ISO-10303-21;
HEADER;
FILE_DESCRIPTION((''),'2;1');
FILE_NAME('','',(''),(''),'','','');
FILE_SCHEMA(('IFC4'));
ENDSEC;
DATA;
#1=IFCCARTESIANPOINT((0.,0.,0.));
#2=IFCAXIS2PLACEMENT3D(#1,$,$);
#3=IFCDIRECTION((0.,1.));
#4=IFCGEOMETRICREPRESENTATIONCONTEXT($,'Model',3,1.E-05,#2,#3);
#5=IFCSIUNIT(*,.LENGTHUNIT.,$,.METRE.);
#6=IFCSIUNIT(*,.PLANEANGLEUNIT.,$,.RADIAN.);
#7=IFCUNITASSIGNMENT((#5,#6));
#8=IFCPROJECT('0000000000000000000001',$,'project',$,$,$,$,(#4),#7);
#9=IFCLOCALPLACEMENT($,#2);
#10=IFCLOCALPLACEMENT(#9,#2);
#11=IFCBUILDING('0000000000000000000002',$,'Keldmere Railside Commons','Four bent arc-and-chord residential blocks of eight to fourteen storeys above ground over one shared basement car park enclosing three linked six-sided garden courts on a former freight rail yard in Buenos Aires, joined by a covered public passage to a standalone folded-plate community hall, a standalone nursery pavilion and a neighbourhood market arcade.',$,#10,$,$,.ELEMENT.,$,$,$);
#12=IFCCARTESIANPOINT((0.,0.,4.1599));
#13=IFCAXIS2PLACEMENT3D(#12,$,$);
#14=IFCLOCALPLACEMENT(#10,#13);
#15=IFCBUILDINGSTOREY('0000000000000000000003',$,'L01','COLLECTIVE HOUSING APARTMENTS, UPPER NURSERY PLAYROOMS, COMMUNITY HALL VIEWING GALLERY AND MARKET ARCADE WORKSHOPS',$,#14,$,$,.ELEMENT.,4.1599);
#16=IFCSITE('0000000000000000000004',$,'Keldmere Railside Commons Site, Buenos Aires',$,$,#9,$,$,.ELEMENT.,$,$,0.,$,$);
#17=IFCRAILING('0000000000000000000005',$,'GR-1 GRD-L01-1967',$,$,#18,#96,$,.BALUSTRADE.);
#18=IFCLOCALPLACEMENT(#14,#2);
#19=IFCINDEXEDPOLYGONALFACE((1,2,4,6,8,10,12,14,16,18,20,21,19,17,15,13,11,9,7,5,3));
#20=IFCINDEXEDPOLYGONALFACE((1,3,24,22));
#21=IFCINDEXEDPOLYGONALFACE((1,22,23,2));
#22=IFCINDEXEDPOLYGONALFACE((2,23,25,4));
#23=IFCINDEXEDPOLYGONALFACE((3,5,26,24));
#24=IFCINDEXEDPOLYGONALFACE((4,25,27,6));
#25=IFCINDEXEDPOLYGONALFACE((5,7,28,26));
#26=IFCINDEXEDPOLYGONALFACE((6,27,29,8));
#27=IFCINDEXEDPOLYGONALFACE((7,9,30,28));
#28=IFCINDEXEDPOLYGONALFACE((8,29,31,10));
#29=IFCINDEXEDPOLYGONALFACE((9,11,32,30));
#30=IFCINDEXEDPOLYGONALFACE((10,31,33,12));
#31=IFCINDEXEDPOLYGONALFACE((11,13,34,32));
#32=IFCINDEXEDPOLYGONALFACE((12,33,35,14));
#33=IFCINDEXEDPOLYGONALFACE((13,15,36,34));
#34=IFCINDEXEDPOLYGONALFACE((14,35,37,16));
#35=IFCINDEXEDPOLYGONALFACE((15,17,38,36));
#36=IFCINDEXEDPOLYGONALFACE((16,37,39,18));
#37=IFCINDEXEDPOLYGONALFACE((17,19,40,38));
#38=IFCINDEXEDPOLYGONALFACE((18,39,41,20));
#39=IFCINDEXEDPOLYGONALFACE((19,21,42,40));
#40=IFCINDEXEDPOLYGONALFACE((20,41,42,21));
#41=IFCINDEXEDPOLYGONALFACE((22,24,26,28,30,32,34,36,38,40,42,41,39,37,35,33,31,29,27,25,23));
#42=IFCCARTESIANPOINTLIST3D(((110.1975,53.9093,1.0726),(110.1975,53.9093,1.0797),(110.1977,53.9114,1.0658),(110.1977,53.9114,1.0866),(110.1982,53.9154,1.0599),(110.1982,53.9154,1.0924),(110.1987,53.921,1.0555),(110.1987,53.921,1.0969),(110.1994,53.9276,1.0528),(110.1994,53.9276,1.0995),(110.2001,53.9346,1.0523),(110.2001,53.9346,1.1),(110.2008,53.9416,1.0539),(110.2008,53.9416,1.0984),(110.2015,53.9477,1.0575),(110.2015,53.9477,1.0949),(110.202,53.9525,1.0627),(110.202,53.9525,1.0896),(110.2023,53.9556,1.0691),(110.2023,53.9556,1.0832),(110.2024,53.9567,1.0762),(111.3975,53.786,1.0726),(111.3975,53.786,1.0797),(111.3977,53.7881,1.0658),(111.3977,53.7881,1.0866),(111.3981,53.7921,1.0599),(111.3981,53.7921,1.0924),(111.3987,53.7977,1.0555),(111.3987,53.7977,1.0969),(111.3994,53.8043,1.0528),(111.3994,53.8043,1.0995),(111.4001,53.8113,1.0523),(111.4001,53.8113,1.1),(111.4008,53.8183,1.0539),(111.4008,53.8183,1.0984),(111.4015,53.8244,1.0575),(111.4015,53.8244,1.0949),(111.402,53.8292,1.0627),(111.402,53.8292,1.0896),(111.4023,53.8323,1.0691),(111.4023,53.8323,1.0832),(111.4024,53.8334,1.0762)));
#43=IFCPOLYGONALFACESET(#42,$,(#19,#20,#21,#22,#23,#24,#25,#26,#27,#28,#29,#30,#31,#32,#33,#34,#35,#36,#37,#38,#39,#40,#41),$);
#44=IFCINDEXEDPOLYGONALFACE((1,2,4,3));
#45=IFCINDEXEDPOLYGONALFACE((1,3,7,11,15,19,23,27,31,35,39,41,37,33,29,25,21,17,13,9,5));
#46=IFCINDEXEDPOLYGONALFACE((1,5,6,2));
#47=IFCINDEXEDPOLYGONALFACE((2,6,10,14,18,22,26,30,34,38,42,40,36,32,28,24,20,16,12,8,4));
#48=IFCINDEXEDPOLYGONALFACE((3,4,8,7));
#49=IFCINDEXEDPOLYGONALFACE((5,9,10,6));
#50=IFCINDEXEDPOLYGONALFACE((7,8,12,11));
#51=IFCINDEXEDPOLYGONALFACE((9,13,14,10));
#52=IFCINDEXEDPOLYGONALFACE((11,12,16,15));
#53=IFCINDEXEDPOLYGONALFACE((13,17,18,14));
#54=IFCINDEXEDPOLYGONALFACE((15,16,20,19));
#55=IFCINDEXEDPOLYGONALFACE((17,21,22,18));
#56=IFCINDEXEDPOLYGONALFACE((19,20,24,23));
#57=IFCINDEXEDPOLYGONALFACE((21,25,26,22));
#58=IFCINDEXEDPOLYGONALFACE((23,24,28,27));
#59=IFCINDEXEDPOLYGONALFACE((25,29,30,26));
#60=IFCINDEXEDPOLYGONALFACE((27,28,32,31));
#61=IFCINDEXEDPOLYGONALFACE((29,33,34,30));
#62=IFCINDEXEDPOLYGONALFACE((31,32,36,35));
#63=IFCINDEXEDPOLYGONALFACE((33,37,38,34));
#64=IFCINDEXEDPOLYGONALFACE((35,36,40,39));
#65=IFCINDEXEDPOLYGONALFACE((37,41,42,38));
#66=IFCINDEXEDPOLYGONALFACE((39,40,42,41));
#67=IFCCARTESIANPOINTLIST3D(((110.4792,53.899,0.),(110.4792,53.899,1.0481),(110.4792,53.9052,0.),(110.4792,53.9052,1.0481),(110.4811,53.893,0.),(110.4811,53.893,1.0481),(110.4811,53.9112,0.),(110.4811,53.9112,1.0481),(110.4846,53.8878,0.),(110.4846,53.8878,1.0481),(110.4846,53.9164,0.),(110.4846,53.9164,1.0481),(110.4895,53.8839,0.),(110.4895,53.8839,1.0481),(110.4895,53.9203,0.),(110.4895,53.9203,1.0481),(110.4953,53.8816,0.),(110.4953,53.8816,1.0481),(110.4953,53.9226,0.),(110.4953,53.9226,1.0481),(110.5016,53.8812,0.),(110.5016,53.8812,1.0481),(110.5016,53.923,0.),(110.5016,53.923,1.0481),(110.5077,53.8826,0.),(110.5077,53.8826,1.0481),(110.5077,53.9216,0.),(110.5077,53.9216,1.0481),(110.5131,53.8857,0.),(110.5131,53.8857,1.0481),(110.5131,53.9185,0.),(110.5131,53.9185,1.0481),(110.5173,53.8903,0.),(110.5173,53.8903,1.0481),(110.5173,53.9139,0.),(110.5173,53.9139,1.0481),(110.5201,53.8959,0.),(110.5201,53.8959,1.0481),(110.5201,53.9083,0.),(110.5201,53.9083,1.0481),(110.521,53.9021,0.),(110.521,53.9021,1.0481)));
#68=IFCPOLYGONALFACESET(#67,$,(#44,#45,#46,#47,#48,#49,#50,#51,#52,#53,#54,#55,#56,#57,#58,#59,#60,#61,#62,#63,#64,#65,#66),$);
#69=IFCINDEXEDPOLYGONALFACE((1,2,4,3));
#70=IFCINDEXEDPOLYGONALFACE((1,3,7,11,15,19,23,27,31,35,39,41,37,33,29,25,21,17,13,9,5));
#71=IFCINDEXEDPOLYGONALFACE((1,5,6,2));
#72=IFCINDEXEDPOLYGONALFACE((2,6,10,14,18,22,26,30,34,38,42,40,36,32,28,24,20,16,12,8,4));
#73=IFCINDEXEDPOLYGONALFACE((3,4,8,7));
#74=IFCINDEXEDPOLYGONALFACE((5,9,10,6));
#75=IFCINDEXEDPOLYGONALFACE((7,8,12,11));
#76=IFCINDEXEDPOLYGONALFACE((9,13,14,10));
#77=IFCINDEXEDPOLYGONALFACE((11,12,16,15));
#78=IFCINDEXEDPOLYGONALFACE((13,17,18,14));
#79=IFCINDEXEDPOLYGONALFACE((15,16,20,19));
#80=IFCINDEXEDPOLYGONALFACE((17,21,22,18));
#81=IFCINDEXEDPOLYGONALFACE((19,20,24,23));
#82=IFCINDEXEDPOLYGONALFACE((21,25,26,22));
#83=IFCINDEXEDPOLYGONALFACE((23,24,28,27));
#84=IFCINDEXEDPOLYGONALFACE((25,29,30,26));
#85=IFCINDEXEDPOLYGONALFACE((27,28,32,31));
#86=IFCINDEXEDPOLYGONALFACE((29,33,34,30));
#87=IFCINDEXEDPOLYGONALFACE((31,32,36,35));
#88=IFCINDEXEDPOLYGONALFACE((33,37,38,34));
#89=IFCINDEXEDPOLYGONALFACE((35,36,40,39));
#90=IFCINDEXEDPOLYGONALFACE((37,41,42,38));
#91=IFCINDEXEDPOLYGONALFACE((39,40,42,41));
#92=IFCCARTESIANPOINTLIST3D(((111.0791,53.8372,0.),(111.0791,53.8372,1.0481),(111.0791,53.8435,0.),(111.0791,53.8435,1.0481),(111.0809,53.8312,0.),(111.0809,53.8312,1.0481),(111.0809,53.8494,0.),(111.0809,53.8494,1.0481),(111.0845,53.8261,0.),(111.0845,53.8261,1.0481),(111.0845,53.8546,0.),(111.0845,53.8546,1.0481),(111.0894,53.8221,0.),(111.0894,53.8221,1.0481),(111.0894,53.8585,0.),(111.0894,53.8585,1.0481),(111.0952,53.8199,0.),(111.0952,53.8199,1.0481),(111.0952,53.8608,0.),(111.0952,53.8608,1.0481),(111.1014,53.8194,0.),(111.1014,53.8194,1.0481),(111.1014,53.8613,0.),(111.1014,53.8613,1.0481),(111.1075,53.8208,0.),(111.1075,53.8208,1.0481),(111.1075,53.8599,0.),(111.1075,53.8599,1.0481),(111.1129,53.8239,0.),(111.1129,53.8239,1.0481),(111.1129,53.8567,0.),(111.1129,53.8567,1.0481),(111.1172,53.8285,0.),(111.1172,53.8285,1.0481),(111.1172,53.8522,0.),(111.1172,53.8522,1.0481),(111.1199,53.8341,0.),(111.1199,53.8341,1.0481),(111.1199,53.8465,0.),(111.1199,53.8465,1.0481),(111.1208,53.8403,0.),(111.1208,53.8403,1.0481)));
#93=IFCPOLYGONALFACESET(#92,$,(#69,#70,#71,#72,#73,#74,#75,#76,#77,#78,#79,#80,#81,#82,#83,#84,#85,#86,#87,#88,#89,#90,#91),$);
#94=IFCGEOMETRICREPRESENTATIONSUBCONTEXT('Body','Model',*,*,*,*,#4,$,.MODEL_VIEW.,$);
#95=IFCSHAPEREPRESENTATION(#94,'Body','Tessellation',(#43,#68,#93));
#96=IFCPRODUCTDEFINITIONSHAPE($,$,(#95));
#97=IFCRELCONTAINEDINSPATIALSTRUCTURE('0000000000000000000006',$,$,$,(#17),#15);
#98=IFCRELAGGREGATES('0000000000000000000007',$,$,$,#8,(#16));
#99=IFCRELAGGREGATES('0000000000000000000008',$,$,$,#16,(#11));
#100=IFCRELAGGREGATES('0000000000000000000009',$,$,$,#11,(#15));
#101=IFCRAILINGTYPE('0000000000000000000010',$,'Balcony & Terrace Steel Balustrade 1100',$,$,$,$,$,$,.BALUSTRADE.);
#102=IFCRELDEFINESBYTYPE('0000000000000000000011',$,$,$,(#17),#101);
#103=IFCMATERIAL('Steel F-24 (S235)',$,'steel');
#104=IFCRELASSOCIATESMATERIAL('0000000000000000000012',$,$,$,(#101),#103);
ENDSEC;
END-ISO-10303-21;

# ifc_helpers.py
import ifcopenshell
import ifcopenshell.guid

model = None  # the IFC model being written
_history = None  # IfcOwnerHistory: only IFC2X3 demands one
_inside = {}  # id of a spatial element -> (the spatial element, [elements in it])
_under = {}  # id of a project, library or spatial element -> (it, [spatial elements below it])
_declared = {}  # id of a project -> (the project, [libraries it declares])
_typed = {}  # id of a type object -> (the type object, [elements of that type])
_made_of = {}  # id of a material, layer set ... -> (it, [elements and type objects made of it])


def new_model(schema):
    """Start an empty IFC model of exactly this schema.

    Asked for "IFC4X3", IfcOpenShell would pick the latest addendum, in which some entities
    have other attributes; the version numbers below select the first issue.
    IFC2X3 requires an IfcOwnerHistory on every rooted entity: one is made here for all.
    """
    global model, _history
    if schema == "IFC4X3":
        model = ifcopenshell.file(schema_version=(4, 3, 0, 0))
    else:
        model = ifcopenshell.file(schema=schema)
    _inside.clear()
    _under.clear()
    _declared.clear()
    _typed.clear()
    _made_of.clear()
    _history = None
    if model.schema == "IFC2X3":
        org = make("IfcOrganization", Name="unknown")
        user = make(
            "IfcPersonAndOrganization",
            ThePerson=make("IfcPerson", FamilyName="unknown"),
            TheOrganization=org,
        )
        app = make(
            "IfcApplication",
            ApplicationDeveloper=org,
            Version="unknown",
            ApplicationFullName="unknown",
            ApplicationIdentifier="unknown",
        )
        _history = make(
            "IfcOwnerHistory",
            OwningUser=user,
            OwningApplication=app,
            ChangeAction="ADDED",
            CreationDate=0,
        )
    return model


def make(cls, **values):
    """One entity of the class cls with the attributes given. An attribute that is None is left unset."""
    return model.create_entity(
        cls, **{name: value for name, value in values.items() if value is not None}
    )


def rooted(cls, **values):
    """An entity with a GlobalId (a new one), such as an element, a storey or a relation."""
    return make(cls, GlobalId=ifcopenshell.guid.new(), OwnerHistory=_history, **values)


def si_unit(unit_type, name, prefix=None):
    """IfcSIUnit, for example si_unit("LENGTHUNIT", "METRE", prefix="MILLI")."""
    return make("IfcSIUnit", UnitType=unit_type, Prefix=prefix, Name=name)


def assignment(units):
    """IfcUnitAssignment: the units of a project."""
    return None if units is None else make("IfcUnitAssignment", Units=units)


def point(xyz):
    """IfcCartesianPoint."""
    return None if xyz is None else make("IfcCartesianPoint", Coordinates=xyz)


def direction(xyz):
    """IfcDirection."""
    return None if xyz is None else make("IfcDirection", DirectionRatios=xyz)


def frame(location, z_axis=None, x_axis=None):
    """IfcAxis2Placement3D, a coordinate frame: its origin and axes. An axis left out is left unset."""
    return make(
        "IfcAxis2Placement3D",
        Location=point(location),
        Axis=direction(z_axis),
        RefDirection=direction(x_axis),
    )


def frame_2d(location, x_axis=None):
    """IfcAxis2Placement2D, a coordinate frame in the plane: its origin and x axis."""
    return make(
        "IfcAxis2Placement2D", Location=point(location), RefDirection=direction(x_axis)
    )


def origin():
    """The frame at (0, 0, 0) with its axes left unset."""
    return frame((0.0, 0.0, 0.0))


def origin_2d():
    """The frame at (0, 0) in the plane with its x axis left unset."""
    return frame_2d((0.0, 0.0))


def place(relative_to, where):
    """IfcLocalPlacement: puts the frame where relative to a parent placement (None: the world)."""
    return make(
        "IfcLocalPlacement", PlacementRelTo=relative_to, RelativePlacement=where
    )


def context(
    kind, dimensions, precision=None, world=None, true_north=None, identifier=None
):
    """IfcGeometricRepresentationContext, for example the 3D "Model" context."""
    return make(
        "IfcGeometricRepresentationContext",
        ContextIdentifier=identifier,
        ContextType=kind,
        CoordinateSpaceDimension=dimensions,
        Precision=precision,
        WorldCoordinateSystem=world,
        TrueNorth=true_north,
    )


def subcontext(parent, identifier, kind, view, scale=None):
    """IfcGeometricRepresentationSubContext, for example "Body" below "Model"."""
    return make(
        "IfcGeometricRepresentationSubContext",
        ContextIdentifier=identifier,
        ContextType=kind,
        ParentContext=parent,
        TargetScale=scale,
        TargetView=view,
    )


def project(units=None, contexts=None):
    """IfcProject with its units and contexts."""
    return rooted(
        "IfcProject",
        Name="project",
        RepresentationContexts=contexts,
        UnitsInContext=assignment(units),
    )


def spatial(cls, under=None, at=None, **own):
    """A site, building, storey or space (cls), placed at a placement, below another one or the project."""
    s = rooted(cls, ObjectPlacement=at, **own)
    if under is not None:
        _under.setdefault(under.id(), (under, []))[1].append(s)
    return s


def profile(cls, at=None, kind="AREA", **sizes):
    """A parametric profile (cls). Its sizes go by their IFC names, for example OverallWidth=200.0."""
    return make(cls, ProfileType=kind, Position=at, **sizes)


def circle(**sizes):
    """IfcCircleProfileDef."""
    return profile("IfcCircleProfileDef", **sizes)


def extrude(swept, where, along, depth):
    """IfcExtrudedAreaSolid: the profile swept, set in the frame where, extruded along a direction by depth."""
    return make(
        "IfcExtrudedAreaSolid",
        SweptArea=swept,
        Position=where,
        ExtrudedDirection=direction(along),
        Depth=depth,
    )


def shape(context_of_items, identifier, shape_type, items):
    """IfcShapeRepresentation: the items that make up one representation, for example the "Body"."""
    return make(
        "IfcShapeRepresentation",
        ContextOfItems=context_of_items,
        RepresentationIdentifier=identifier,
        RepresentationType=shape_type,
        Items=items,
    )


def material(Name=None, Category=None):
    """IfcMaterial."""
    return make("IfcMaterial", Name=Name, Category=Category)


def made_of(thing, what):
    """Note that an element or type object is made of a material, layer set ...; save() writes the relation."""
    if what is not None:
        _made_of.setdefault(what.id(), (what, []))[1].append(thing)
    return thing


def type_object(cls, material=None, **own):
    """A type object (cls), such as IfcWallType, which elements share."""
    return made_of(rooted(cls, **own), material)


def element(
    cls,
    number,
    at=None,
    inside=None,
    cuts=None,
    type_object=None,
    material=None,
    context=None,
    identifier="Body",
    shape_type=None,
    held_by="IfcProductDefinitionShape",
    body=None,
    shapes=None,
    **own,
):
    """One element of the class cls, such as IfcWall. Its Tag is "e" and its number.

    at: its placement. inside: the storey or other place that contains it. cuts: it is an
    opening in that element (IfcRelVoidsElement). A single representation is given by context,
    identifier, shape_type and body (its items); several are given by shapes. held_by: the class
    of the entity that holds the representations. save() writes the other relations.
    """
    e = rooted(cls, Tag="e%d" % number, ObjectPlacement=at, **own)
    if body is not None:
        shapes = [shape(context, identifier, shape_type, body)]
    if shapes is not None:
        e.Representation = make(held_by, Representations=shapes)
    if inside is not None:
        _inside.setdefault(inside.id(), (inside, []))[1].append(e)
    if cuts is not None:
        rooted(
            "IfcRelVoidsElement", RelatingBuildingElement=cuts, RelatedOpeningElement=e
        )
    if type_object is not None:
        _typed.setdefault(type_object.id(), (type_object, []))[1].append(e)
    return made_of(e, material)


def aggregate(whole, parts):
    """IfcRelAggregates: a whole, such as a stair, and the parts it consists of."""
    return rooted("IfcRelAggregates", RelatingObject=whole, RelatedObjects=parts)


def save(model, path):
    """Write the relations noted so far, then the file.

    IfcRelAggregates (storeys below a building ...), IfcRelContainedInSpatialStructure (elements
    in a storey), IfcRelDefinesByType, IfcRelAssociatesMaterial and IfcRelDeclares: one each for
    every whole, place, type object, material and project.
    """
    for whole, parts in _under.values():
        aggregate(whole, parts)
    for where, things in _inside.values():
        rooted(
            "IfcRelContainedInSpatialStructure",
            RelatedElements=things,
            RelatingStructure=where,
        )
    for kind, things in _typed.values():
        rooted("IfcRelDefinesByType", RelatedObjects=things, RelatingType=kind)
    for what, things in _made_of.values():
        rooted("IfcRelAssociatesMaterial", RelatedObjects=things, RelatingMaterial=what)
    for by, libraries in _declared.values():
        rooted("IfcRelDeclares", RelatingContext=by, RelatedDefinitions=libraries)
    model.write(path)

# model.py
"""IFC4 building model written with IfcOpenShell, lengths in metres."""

from ifc_helpers import new_model, si_unit, direction, frame, origin, origin_2d, place, context, subcontext, project, spatial, circle, extrude, material, type_object, element, save


model = new_model("IFC4")

# Units and contexts
model_context = context("Model", 3, precision=1e-05, world=origin(), true_north=direction((0.0, 1.0)))
body_context = subcontext(model_context, "Body", "Model", "MODEL_VIEW")
ifc_project = project(units=[si_unit("LENGTHUNIT", "METRE"), si_unit("PLANEANGLEUNIT", "RADIAN")], contexts=[model_context])

# Site, building, storey
site_placement = place(None, origin())
site = spatial("IfcSite", under=ifc_project, at=site_placement, Name="Keldmere Railside Commons Site, Buenos Aires", CompositionType="ELEMENT", RefElevation=0.0)
building_placement = place(site_placement, origin())
building = spatial("IfcBuilding", under=site, at=building_placement, Name="Keldmere Railside Commons", Description="Four bent arc-and-chord residential blocks of eight to fourteen storeys above ground over one shared basement car park enclosing three linked six-sided garden courts on a former freight rail yard in Buenos Aires, joined by a covered public passage to a standalone folded-plate community hall, a standalone nursery pavilion and a neighbourhood market arcade.", CompositionType="ELEMENT")
storey_placement = place(building_placement, frame((0.0, 0.0, 4.1599)))
storey = spatial("IfcBuildingStorey", under=building, at=storey_placement, Name="L01", Description="COLLECTIVE HOUSING APARTMENTS, UPPER NURSERY PLAYROOMS, COMMUNITY HALL VIEWING GALLERY AND MARKET ARCADE WORKSHOPS", CompositionType="ELEMENT", Elevation=4.1599)

# Railing
ifc_material_1 = material(Name="Steel F-24 (S235)", Category="steel")
railing_type = type_object("IfcRailingType", Name="Balcony & Terrace Steel Balustrade 1100", PredefinedType="BALUSTRADE", material=ifc_material_1)
railing_1_placement = place(storey_placement, frame((110.2, 53.9329, 0.0)))
element("IfcRailing", 1, at=railing_1_placement, inside=storey, type_object=railing_type, Name="GR-1 GRD-L01-1967", PredefinedType="BALUSTRADE", context=body_context, shape_type="SweptSolid", body=[
    extrude(circle(Radius=0.0239, at=origin_2d()), frame((0.0, 0.0, 1.0762), z_axis=(0.994763, -0.102209, 0.0), x_axis=(0.102209, 0.994763, 0.0)), (0.0, 0.0, 1.0), 1.2063),
    extrude(circle(Radius=0.021, at=origin_2d()), frame((0.3, -0.0308, 0.0)), (0.0, 0.0, 1.0), 1.0481),
    extrude(circle(Radius=0.021, at=origin_2d()), frame((0.8999, -0.0925, 0.0)), (0.0, 0.0, 1.0), 1.0481),
])

save(model, "model.ifc")
